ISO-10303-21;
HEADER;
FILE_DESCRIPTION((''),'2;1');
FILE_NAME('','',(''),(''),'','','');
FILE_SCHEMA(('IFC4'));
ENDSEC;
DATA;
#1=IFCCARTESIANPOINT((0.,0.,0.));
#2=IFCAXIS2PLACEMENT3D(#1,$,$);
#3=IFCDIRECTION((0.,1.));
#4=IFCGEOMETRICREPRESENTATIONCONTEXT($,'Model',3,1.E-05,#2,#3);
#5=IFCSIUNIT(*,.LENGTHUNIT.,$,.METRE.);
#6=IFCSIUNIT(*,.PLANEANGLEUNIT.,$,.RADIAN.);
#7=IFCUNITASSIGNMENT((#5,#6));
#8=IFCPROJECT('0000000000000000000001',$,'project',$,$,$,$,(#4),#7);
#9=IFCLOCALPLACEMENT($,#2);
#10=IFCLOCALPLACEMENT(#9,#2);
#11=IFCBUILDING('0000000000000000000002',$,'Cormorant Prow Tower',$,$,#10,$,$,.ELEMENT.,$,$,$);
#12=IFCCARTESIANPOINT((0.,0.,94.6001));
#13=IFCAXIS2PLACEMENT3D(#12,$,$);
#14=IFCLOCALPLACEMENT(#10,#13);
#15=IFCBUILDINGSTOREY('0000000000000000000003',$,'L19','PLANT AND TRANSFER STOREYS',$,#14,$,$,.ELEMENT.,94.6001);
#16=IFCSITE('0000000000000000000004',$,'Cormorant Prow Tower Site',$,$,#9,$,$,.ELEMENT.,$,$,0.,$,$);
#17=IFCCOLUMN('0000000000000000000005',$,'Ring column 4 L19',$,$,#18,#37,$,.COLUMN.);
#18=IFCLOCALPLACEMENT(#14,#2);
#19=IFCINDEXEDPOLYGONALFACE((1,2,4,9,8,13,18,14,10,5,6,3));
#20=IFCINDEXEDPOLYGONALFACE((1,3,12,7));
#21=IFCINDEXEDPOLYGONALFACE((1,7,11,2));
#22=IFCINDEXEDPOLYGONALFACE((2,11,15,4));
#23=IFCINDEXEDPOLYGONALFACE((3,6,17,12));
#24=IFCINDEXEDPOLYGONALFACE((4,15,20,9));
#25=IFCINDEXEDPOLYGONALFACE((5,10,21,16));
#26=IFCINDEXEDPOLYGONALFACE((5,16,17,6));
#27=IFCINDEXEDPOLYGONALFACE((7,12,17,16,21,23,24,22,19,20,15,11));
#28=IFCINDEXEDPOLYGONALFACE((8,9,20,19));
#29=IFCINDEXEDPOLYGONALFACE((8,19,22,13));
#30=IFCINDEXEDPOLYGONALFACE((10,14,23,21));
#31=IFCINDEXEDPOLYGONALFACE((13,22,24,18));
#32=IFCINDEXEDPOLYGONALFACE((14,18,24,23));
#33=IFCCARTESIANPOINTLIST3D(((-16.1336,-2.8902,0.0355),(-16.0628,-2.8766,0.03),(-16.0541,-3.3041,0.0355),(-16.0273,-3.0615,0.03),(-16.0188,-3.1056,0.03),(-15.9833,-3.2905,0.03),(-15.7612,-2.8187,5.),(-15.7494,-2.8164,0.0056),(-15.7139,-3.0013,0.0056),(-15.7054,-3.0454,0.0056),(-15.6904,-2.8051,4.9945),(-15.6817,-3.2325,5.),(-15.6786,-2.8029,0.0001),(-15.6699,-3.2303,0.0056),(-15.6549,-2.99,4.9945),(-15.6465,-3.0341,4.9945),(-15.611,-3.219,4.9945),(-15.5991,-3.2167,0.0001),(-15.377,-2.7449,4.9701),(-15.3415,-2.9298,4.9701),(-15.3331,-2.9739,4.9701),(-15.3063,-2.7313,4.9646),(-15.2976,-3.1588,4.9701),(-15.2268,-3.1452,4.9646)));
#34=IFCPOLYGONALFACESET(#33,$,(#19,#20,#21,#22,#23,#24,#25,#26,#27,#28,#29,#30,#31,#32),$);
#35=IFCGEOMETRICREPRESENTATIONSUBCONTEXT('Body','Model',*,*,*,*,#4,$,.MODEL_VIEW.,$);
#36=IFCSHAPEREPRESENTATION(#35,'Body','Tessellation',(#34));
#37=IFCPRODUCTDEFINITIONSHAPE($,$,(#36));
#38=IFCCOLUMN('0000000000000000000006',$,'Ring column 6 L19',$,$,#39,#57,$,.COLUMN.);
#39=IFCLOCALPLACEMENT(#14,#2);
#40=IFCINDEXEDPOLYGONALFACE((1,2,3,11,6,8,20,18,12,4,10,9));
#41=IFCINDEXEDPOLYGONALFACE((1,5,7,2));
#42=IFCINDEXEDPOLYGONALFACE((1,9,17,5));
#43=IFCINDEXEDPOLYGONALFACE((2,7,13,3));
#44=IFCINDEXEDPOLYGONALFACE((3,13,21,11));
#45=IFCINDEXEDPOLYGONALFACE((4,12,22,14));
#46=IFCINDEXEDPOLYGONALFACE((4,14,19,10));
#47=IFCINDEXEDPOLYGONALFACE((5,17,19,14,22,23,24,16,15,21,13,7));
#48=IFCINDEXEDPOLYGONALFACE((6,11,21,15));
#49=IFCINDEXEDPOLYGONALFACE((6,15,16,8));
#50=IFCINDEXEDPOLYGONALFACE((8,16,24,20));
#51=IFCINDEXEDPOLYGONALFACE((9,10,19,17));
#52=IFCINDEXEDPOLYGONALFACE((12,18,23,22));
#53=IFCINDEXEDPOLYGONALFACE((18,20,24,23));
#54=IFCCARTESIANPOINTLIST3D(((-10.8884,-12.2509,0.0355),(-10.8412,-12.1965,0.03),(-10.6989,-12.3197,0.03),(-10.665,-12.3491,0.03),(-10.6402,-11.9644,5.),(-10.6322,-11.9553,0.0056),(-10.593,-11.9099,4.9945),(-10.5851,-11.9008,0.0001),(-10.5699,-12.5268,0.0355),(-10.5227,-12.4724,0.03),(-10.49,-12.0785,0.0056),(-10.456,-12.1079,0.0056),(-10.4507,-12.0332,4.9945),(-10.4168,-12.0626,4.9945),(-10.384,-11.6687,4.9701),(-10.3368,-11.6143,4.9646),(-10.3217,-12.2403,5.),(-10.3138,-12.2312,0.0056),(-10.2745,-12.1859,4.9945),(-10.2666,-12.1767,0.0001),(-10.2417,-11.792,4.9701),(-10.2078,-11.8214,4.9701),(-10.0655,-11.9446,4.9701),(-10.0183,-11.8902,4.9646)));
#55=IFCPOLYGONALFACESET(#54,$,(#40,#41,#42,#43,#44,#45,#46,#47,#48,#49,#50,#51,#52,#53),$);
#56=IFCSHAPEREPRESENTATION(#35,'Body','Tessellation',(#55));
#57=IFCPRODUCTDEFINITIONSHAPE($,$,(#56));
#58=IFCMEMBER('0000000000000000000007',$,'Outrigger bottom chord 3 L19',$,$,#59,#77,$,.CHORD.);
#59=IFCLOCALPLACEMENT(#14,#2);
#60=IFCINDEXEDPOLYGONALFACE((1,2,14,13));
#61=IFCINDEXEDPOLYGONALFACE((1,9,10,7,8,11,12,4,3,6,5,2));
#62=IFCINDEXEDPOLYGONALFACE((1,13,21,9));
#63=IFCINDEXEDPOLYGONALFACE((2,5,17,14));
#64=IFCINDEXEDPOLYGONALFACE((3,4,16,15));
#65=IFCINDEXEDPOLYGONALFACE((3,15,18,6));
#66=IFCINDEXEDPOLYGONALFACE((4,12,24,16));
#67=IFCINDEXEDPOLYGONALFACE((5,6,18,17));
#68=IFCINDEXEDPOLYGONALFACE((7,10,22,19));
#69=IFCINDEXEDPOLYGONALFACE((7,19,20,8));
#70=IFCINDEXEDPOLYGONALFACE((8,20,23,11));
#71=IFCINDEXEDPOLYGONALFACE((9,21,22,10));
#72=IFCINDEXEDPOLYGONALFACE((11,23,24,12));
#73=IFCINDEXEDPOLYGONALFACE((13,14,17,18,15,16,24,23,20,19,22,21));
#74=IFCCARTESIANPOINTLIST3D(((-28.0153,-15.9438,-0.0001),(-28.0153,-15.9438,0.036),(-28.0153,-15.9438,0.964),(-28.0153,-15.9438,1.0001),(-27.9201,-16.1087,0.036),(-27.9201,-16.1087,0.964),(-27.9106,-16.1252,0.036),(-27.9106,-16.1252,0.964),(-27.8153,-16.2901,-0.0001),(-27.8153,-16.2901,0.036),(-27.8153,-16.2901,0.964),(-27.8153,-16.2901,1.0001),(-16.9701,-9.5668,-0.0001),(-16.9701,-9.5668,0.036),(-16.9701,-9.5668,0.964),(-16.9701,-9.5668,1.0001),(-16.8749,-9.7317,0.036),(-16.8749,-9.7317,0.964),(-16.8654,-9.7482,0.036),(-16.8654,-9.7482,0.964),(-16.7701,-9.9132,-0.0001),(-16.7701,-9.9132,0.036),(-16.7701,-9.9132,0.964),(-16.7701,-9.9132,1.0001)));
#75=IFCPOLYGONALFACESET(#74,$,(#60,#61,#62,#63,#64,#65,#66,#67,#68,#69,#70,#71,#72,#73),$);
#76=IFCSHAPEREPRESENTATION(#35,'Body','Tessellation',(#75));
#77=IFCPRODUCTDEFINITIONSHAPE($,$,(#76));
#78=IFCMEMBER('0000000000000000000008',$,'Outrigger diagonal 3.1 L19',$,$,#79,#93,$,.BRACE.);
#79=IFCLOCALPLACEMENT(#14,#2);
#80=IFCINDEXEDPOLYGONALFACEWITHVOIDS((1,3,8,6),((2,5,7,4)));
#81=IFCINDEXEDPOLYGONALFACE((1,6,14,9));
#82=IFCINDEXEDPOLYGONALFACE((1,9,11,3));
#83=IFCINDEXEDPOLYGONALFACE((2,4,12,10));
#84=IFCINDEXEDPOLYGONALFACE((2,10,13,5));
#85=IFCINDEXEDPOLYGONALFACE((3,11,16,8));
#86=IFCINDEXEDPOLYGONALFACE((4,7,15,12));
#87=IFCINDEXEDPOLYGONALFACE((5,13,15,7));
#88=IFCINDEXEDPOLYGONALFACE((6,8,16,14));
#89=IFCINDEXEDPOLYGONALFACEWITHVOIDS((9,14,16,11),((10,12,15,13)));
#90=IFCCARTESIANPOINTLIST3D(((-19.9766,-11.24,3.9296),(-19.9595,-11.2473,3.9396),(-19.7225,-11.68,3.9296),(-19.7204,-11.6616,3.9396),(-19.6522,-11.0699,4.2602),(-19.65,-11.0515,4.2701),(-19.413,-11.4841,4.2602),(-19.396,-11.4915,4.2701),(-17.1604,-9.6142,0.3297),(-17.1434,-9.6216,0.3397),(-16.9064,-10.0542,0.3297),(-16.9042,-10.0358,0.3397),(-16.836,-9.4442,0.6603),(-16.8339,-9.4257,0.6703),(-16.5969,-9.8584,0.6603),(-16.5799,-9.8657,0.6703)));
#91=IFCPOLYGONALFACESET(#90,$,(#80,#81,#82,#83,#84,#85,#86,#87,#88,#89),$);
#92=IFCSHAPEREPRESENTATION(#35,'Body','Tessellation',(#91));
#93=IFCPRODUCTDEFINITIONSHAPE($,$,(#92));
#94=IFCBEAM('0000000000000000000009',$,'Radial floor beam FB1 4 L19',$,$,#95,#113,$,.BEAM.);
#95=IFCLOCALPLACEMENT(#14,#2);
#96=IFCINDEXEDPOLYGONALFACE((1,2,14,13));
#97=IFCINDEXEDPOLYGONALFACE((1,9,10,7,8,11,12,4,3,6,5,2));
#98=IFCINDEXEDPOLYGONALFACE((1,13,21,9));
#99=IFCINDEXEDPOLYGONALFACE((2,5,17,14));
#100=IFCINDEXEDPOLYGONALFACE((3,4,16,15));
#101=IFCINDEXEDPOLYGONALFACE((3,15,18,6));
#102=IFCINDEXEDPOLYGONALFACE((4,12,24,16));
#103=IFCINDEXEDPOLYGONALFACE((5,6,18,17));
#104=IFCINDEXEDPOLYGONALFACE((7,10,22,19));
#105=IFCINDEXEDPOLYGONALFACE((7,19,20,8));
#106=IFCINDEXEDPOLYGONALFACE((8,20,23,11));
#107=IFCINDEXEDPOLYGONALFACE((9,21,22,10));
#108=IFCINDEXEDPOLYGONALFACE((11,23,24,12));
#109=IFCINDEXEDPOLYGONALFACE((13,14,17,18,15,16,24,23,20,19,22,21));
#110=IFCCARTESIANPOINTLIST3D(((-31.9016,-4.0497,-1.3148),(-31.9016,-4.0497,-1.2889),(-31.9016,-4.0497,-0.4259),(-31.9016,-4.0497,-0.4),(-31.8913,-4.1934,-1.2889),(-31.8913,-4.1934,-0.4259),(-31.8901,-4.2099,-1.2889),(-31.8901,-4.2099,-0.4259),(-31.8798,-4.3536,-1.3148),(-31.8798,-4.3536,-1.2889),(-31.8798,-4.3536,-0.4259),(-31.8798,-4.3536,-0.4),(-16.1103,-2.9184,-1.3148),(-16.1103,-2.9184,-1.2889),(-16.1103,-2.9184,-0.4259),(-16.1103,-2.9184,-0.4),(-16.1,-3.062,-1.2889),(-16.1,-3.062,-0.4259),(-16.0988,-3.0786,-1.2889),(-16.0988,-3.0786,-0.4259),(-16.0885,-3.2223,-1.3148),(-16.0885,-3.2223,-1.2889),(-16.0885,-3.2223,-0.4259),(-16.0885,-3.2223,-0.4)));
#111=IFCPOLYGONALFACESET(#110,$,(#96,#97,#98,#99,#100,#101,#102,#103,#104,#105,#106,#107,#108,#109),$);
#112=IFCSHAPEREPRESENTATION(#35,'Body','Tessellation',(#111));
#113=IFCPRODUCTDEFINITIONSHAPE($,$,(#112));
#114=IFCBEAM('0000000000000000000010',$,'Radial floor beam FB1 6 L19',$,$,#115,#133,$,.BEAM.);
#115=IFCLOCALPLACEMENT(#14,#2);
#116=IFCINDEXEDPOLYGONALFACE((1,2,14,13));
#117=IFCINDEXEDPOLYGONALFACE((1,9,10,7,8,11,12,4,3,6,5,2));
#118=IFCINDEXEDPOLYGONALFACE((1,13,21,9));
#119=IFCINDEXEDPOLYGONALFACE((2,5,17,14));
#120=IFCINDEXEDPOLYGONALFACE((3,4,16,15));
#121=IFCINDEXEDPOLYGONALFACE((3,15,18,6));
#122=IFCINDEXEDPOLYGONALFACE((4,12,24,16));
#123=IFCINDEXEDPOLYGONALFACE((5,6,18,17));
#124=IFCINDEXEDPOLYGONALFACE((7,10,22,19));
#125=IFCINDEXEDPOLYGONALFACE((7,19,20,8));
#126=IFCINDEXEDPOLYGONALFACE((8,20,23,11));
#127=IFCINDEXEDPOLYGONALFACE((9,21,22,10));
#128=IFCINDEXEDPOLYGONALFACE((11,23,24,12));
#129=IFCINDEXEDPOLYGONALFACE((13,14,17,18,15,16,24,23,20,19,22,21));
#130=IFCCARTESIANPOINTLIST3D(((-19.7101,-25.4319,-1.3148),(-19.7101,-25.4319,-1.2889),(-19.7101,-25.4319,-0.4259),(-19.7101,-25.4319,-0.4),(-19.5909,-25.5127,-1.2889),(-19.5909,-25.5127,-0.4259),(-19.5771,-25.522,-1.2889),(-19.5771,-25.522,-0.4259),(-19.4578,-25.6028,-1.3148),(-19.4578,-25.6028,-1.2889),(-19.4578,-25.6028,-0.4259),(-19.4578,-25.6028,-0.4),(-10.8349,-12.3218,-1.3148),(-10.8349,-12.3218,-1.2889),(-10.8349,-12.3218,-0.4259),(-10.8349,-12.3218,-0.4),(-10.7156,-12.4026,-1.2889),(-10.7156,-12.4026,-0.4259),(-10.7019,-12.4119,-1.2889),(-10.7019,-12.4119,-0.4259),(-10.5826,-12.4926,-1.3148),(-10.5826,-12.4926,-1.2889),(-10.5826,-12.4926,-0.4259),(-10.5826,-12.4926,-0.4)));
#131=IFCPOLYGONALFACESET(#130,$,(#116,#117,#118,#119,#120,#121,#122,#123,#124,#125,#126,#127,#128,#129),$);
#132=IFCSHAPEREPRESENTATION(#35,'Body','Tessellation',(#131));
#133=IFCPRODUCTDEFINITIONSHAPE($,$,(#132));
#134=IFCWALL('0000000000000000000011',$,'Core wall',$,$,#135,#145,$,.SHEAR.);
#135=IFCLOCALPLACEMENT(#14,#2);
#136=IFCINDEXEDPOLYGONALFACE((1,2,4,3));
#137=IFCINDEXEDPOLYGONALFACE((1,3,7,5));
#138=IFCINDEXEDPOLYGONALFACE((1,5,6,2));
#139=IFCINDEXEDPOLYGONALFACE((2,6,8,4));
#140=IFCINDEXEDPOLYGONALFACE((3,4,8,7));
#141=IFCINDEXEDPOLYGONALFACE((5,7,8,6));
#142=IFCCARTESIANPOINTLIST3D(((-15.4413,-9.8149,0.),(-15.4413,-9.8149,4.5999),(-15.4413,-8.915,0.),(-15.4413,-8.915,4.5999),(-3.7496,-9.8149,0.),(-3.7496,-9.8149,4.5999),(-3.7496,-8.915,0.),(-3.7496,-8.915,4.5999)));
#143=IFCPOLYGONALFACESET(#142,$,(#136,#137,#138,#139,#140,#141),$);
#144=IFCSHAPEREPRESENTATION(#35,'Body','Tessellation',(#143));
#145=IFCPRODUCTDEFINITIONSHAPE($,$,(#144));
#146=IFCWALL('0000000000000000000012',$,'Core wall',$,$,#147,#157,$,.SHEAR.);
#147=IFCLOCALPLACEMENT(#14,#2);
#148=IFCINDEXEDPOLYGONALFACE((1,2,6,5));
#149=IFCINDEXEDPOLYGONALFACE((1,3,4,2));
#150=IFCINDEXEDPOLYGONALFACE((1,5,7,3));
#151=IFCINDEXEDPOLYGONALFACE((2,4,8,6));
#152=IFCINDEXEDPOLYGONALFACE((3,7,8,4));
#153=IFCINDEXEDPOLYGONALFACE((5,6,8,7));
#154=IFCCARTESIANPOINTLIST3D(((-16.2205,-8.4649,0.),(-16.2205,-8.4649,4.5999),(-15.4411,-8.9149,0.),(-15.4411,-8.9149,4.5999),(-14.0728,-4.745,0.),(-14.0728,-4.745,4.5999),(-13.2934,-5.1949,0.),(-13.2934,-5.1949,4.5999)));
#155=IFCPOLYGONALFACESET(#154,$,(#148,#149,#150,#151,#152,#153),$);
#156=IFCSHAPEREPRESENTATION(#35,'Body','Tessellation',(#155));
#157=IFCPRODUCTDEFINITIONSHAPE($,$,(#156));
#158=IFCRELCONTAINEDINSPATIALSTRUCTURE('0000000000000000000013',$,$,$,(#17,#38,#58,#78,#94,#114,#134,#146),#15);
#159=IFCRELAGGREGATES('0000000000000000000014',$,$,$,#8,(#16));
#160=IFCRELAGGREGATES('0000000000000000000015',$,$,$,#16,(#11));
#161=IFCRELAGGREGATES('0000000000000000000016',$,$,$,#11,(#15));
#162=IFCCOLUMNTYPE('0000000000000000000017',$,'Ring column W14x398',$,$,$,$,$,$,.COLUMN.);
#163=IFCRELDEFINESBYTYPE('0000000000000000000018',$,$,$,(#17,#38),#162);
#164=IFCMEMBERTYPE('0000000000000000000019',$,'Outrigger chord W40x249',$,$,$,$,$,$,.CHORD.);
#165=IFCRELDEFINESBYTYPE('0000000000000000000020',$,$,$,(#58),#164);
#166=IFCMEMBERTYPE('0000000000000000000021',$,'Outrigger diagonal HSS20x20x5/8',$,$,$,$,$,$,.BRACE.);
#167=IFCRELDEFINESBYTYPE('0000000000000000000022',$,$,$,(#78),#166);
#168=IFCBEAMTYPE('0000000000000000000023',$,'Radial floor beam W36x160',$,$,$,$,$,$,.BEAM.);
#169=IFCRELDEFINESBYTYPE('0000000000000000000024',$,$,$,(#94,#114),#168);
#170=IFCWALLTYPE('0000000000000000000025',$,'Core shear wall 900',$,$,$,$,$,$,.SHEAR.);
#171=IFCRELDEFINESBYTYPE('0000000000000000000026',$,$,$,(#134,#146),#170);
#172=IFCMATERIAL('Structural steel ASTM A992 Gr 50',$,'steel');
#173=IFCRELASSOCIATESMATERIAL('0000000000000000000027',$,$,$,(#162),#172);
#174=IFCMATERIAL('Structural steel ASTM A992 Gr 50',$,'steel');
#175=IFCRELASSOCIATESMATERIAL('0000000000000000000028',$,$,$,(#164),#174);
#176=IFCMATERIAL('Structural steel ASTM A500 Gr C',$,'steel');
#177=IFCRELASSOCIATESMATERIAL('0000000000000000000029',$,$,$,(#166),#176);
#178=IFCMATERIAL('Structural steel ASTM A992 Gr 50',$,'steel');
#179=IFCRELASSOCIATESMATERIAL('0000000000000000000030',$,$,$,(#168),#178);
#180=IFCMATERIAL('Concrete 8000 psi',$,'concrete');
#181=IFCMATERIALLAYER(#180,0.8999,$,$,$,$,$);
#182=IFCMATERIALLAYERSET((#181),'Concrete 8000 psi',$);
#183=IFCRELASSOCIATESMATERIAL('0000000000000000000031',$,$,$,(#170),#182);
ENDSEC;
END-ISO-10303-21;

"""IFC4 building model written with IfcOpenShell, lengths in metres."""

from ifc_helpers import new_model, si_unit, direction, frame, frame_2d, origin, origin_2d, place, context, subcontext, project, spatial, rectangle, hollow_rectangle, i_section, extrude, material, layer, layer_set, material_profile, profile_set, type_object, element, save


model = new_model("IFC4")

# Units and contexts
model_context = context("Model", 3, precision=1e-05, world=origin(), true_north=direction((0.0, 1.0)))
body_context = subcontext(model_context, "Body", "Model", "MODEL_VIEW")
ifc_project = project(units=[si_unit("LENGTHUNIT", "METRE"), si_unit("PLANEANGLEUNIT", "RADIAN")], contexts=[model_context])

# Site, building, storey
site_placement = place(None, origin())
site = spatial("IfcSite", under=ifc_project, at=site_placement, Name="Cormorant Prow Tower Site", CompositionType="ELEMENT", RefElevation=0.0)
building_placement = place(site_placement, origin())
building = spatial("IfcBuilding", under=site, at=building_placement, Name="Cormorant Prow Tower", CompositionType="ELEMENT")
storey_placement = place(building_placement, frame((0.0, 0.0, 94.6001)))
storey = spatial("IfcBuildingStorey", under=building, at=storey_placement, Name="L19", Description="PLANT AND TRANSFER STOREYS", CompositionType="ELEMENT", Elevation=94.6001)

# Columns
ifc_material_1 = material(Name="Structural steel ASTM A992 Gr 50", Category="steel")
ifc_material_profile_1 = material_profile(ifc_material_1, i_section(OverallWidth=0.4214, OverallDepth=0.4646, WebThickness=0.0449, FlangeThickness=0.0723, at=origin_2d()), Name="W14x398")
ifc_profile_set_1 = profile_set([ifc_material_profile_1], Name="Structural steel ASTM A992 Gr 50")
column_type = type_object("IfcColumnType", Name="Ring column W14x398", PredefinedType="COLUMN", material=ifc_profile_set_1)
for number, where, z_axis, x_axis, name in (
    (1, (-15.8677, -3.0537, 0.0), (0.074782, 0.014362, 0.997096), (-0.18861, 0.982052, 0.0), "Ring column 4 L19"),
    (2, (-10.5784, -12.2148, 0.0), (0.049855, 0.057547, 0.997097), (-0.755816, 0.654784, 0.0), "Ring column 6 L19"),
):
    element("IfcColumn", number, at=place(storey_placement, frame(where, z_axis=z_axis, x_axis=x_axis)), inside=storey, type_object=column_type, Name=name, PredefinedType="COLUMN", context=body_context, shape_type="SweptSolid", body=[
        extrude(i_section(OverallWidth=0.4214, OverallDepth=0.4646, WebThickness=0.0449, FlangeThickness=0.0723, at=origin_2d()), frame((0.0, 0.0, 0.0178)), (0.0, 0.0, 1.0), 4.979),
    ])

# Members
ifc_material_2 = material(Name="Structural steel ASTM A992 Gr 50", Category="steel")
ifc_material_profile_2 = material_profile(ifc_material_2, i_section(OverallWidth=0.3999, OverallDepth=1.0002, WebThickness=0.019, FlangeThickness=0.0361, at=origin_2d()), Name="W40x249")
ifc_profile_set_2 = profile_set([ifc_material_profile_2], Name="Structural steel ASTM A992 Gr 50")
member_type_1 = type_object("IfcMemberType", Name="Outrigger chord W40x249", PredefinedType="CHORD", material=ifc_profile_set_2)
member_1_placement = place(storey_placement, frame((-16.8701, -9.74, 0.5), z_axis=(-0.866025, -0.500001, 0.0), x_axis=(0.500001, -0.866025, 0.0)))
element("IfcMember", 3, at=member_1_placement, inside=storey, type_object=member_type_1, Name="Outrigger bottom chord 3 L19", PredefinedType="CHORD", context=body_context, shape_type="SweptSolid", body=[
    extrude(i_section(OverallWidth=0.3999, OverallDepth=1.0002, WebThickness=0.019, FlangeThickness=0.0361, at=origin_2d()), origin(), (0.0, 0.0, 1.0), 12.7539),
])
ifc_material_3 = material(Name="Structural steel ASTM A500 Gr C", Category="steel")
ifc_material_profile_3 = material_profile(ifc_material_3, hollow_rectangle(XDim=0.5081, YDim=0.5081, WallThickness=0.0149, at=origin_2d()), Name="HSS20x20x5/8")
ifc_profile_set_3 = profile_set([ifc_material_profile_3], Name="Structural steel ASTM A500 Gr C")
member_type_2 = type_object("IfcMemberType", Name="Outrigger diagonal HSS20x20x5/8", PredefinedType="BRACE", material=ifc_profile_set_3)
member_2_placement = place(storey_placement, frame((-16.8701, -9.74, 0.5), z_axis=(-0.580526, -0.33513, 0.742077), x_axis=(0.499959, -0.866049, 0.0)))
element("IfcMember", 4, at=member_2_placement, inside=storey, type_object=member_type_2, Name="Outrigger diagonal 3.1 L19", PredefinedType="BRACE", context=body_context, shape_type="SweptSolid", body=[
    extrude(hollow_rectangle(XDim=0.5081, YDim=0.5081, WallThickness=0.0149, at=origin_2d()), origin(), (0.0, 0.0, 1.0), 4.8511),
])

# Beams
ifc_material_4 = material(Name="Structural steel ASTM A992 Gr 50", Category="steel")
ifc_material_profile_4 = material_profile(ifc_material_4, i_section(OverallWidth=0.3047, OverallDepth=0.9148, WebThickness=0.0166, FlangeThickness=0.0259, at=origin_2d()), Name="W36x160")
ifc_profile_set_4 = profile_set([ifc_material_profile_4], Name="Structural steel ASTM A992 Gr 50")
beam_type = type_object("IfcBeamType", Name="Radial floor beam W36x160", PredefinedType="BEAM", material=ifc_profile_set_4)
for number, where, z_axis, x_axis, name in (
    (5, (-16.0994, -3.0703, -0.8574), (-0.997443, -0.071461, 0.0), (0.071461, -0.997443, 0.0), "Radial floor beam FB1 4 L19"),
    (6, (-10.7087, -12.4072, -0.8574), (-0.560597, -0.828089, 0.0), (0.828089, -0.560597, 0.0), "Radial floor beam FB1 6 L19"),
):
    element("IfcBeam", number, at=place(storey_placement, frame(where, z_axis=z_axis, x_axis=x_axis)), inside=storey, type_object=beam_type, Name=name, PredefinedType="BEAM", context=body_context, shape_type="SweptSolid", body=[
        extrude(i_section(OverallWidth=0.3047, OverallDepth=0.9148, WebThickness=0.0166, FlangeThickness=0.0259, at=origin_2d()), origin(), (0.0, 0.0, 1.0), 15.8318),
    ])

# Walls
ifc_material_5 = material(Name="Concrete 8000 psi", Category="concrete")
ifc_layer_1 = layer(ifc_material_5, 0.8999)
ifc_layer_set_1 = layer_set([ifc_layer_1], Name="Concrete 8000 psi")
wall_type_1 = type_object("IfcWallType", Name="Core shear wall 900", PredefinedType="SHEAR", material=ifc_layer_set_1)
wall_1_placement = place(storey_placement, frame((-15.4412, -9.365, 0.0), z_axis=(0.0, 0.0, 1.0), x_axis=(1.0, 0.0, 0.0)))
element("IfcWall", 7, at=wall_1_placement, inside=storey, type_object=wall_type_1, Name="Core wall", PredefinedType="SHEAR", context=body_context, shape_type="SweptSolid", body=[
    extrude(rectangle(XDim=11.6917, YDim=0.8999, at=frame_2d((5.8457, 0.0))), origin(), (0.0, 0.0, 1.0), 4.5999),
])
wall_2_placement = place(storey_placement, frame((-13.6831, -4.97, 0.0), z_axis=(0.0, 0.0, 1.0), x_axis=(-0.499996, -0.866028, 0.0)))
element("IfcWall", 8, at=wall_2_placement, inside=storey, type_object=wall_type_1, Name="Core wall", PredefinedType="SHEAR", context=body_context, shape_type="SweptSolid", body=[
    extrude(rectangle(XDim=4.2954, YDim=0.8999, at=frame_2d((2.1477, 0.0))), origin(), (0.0, 0.0, 1.0), 4.5999),
])

save(model, "model.ifc")
